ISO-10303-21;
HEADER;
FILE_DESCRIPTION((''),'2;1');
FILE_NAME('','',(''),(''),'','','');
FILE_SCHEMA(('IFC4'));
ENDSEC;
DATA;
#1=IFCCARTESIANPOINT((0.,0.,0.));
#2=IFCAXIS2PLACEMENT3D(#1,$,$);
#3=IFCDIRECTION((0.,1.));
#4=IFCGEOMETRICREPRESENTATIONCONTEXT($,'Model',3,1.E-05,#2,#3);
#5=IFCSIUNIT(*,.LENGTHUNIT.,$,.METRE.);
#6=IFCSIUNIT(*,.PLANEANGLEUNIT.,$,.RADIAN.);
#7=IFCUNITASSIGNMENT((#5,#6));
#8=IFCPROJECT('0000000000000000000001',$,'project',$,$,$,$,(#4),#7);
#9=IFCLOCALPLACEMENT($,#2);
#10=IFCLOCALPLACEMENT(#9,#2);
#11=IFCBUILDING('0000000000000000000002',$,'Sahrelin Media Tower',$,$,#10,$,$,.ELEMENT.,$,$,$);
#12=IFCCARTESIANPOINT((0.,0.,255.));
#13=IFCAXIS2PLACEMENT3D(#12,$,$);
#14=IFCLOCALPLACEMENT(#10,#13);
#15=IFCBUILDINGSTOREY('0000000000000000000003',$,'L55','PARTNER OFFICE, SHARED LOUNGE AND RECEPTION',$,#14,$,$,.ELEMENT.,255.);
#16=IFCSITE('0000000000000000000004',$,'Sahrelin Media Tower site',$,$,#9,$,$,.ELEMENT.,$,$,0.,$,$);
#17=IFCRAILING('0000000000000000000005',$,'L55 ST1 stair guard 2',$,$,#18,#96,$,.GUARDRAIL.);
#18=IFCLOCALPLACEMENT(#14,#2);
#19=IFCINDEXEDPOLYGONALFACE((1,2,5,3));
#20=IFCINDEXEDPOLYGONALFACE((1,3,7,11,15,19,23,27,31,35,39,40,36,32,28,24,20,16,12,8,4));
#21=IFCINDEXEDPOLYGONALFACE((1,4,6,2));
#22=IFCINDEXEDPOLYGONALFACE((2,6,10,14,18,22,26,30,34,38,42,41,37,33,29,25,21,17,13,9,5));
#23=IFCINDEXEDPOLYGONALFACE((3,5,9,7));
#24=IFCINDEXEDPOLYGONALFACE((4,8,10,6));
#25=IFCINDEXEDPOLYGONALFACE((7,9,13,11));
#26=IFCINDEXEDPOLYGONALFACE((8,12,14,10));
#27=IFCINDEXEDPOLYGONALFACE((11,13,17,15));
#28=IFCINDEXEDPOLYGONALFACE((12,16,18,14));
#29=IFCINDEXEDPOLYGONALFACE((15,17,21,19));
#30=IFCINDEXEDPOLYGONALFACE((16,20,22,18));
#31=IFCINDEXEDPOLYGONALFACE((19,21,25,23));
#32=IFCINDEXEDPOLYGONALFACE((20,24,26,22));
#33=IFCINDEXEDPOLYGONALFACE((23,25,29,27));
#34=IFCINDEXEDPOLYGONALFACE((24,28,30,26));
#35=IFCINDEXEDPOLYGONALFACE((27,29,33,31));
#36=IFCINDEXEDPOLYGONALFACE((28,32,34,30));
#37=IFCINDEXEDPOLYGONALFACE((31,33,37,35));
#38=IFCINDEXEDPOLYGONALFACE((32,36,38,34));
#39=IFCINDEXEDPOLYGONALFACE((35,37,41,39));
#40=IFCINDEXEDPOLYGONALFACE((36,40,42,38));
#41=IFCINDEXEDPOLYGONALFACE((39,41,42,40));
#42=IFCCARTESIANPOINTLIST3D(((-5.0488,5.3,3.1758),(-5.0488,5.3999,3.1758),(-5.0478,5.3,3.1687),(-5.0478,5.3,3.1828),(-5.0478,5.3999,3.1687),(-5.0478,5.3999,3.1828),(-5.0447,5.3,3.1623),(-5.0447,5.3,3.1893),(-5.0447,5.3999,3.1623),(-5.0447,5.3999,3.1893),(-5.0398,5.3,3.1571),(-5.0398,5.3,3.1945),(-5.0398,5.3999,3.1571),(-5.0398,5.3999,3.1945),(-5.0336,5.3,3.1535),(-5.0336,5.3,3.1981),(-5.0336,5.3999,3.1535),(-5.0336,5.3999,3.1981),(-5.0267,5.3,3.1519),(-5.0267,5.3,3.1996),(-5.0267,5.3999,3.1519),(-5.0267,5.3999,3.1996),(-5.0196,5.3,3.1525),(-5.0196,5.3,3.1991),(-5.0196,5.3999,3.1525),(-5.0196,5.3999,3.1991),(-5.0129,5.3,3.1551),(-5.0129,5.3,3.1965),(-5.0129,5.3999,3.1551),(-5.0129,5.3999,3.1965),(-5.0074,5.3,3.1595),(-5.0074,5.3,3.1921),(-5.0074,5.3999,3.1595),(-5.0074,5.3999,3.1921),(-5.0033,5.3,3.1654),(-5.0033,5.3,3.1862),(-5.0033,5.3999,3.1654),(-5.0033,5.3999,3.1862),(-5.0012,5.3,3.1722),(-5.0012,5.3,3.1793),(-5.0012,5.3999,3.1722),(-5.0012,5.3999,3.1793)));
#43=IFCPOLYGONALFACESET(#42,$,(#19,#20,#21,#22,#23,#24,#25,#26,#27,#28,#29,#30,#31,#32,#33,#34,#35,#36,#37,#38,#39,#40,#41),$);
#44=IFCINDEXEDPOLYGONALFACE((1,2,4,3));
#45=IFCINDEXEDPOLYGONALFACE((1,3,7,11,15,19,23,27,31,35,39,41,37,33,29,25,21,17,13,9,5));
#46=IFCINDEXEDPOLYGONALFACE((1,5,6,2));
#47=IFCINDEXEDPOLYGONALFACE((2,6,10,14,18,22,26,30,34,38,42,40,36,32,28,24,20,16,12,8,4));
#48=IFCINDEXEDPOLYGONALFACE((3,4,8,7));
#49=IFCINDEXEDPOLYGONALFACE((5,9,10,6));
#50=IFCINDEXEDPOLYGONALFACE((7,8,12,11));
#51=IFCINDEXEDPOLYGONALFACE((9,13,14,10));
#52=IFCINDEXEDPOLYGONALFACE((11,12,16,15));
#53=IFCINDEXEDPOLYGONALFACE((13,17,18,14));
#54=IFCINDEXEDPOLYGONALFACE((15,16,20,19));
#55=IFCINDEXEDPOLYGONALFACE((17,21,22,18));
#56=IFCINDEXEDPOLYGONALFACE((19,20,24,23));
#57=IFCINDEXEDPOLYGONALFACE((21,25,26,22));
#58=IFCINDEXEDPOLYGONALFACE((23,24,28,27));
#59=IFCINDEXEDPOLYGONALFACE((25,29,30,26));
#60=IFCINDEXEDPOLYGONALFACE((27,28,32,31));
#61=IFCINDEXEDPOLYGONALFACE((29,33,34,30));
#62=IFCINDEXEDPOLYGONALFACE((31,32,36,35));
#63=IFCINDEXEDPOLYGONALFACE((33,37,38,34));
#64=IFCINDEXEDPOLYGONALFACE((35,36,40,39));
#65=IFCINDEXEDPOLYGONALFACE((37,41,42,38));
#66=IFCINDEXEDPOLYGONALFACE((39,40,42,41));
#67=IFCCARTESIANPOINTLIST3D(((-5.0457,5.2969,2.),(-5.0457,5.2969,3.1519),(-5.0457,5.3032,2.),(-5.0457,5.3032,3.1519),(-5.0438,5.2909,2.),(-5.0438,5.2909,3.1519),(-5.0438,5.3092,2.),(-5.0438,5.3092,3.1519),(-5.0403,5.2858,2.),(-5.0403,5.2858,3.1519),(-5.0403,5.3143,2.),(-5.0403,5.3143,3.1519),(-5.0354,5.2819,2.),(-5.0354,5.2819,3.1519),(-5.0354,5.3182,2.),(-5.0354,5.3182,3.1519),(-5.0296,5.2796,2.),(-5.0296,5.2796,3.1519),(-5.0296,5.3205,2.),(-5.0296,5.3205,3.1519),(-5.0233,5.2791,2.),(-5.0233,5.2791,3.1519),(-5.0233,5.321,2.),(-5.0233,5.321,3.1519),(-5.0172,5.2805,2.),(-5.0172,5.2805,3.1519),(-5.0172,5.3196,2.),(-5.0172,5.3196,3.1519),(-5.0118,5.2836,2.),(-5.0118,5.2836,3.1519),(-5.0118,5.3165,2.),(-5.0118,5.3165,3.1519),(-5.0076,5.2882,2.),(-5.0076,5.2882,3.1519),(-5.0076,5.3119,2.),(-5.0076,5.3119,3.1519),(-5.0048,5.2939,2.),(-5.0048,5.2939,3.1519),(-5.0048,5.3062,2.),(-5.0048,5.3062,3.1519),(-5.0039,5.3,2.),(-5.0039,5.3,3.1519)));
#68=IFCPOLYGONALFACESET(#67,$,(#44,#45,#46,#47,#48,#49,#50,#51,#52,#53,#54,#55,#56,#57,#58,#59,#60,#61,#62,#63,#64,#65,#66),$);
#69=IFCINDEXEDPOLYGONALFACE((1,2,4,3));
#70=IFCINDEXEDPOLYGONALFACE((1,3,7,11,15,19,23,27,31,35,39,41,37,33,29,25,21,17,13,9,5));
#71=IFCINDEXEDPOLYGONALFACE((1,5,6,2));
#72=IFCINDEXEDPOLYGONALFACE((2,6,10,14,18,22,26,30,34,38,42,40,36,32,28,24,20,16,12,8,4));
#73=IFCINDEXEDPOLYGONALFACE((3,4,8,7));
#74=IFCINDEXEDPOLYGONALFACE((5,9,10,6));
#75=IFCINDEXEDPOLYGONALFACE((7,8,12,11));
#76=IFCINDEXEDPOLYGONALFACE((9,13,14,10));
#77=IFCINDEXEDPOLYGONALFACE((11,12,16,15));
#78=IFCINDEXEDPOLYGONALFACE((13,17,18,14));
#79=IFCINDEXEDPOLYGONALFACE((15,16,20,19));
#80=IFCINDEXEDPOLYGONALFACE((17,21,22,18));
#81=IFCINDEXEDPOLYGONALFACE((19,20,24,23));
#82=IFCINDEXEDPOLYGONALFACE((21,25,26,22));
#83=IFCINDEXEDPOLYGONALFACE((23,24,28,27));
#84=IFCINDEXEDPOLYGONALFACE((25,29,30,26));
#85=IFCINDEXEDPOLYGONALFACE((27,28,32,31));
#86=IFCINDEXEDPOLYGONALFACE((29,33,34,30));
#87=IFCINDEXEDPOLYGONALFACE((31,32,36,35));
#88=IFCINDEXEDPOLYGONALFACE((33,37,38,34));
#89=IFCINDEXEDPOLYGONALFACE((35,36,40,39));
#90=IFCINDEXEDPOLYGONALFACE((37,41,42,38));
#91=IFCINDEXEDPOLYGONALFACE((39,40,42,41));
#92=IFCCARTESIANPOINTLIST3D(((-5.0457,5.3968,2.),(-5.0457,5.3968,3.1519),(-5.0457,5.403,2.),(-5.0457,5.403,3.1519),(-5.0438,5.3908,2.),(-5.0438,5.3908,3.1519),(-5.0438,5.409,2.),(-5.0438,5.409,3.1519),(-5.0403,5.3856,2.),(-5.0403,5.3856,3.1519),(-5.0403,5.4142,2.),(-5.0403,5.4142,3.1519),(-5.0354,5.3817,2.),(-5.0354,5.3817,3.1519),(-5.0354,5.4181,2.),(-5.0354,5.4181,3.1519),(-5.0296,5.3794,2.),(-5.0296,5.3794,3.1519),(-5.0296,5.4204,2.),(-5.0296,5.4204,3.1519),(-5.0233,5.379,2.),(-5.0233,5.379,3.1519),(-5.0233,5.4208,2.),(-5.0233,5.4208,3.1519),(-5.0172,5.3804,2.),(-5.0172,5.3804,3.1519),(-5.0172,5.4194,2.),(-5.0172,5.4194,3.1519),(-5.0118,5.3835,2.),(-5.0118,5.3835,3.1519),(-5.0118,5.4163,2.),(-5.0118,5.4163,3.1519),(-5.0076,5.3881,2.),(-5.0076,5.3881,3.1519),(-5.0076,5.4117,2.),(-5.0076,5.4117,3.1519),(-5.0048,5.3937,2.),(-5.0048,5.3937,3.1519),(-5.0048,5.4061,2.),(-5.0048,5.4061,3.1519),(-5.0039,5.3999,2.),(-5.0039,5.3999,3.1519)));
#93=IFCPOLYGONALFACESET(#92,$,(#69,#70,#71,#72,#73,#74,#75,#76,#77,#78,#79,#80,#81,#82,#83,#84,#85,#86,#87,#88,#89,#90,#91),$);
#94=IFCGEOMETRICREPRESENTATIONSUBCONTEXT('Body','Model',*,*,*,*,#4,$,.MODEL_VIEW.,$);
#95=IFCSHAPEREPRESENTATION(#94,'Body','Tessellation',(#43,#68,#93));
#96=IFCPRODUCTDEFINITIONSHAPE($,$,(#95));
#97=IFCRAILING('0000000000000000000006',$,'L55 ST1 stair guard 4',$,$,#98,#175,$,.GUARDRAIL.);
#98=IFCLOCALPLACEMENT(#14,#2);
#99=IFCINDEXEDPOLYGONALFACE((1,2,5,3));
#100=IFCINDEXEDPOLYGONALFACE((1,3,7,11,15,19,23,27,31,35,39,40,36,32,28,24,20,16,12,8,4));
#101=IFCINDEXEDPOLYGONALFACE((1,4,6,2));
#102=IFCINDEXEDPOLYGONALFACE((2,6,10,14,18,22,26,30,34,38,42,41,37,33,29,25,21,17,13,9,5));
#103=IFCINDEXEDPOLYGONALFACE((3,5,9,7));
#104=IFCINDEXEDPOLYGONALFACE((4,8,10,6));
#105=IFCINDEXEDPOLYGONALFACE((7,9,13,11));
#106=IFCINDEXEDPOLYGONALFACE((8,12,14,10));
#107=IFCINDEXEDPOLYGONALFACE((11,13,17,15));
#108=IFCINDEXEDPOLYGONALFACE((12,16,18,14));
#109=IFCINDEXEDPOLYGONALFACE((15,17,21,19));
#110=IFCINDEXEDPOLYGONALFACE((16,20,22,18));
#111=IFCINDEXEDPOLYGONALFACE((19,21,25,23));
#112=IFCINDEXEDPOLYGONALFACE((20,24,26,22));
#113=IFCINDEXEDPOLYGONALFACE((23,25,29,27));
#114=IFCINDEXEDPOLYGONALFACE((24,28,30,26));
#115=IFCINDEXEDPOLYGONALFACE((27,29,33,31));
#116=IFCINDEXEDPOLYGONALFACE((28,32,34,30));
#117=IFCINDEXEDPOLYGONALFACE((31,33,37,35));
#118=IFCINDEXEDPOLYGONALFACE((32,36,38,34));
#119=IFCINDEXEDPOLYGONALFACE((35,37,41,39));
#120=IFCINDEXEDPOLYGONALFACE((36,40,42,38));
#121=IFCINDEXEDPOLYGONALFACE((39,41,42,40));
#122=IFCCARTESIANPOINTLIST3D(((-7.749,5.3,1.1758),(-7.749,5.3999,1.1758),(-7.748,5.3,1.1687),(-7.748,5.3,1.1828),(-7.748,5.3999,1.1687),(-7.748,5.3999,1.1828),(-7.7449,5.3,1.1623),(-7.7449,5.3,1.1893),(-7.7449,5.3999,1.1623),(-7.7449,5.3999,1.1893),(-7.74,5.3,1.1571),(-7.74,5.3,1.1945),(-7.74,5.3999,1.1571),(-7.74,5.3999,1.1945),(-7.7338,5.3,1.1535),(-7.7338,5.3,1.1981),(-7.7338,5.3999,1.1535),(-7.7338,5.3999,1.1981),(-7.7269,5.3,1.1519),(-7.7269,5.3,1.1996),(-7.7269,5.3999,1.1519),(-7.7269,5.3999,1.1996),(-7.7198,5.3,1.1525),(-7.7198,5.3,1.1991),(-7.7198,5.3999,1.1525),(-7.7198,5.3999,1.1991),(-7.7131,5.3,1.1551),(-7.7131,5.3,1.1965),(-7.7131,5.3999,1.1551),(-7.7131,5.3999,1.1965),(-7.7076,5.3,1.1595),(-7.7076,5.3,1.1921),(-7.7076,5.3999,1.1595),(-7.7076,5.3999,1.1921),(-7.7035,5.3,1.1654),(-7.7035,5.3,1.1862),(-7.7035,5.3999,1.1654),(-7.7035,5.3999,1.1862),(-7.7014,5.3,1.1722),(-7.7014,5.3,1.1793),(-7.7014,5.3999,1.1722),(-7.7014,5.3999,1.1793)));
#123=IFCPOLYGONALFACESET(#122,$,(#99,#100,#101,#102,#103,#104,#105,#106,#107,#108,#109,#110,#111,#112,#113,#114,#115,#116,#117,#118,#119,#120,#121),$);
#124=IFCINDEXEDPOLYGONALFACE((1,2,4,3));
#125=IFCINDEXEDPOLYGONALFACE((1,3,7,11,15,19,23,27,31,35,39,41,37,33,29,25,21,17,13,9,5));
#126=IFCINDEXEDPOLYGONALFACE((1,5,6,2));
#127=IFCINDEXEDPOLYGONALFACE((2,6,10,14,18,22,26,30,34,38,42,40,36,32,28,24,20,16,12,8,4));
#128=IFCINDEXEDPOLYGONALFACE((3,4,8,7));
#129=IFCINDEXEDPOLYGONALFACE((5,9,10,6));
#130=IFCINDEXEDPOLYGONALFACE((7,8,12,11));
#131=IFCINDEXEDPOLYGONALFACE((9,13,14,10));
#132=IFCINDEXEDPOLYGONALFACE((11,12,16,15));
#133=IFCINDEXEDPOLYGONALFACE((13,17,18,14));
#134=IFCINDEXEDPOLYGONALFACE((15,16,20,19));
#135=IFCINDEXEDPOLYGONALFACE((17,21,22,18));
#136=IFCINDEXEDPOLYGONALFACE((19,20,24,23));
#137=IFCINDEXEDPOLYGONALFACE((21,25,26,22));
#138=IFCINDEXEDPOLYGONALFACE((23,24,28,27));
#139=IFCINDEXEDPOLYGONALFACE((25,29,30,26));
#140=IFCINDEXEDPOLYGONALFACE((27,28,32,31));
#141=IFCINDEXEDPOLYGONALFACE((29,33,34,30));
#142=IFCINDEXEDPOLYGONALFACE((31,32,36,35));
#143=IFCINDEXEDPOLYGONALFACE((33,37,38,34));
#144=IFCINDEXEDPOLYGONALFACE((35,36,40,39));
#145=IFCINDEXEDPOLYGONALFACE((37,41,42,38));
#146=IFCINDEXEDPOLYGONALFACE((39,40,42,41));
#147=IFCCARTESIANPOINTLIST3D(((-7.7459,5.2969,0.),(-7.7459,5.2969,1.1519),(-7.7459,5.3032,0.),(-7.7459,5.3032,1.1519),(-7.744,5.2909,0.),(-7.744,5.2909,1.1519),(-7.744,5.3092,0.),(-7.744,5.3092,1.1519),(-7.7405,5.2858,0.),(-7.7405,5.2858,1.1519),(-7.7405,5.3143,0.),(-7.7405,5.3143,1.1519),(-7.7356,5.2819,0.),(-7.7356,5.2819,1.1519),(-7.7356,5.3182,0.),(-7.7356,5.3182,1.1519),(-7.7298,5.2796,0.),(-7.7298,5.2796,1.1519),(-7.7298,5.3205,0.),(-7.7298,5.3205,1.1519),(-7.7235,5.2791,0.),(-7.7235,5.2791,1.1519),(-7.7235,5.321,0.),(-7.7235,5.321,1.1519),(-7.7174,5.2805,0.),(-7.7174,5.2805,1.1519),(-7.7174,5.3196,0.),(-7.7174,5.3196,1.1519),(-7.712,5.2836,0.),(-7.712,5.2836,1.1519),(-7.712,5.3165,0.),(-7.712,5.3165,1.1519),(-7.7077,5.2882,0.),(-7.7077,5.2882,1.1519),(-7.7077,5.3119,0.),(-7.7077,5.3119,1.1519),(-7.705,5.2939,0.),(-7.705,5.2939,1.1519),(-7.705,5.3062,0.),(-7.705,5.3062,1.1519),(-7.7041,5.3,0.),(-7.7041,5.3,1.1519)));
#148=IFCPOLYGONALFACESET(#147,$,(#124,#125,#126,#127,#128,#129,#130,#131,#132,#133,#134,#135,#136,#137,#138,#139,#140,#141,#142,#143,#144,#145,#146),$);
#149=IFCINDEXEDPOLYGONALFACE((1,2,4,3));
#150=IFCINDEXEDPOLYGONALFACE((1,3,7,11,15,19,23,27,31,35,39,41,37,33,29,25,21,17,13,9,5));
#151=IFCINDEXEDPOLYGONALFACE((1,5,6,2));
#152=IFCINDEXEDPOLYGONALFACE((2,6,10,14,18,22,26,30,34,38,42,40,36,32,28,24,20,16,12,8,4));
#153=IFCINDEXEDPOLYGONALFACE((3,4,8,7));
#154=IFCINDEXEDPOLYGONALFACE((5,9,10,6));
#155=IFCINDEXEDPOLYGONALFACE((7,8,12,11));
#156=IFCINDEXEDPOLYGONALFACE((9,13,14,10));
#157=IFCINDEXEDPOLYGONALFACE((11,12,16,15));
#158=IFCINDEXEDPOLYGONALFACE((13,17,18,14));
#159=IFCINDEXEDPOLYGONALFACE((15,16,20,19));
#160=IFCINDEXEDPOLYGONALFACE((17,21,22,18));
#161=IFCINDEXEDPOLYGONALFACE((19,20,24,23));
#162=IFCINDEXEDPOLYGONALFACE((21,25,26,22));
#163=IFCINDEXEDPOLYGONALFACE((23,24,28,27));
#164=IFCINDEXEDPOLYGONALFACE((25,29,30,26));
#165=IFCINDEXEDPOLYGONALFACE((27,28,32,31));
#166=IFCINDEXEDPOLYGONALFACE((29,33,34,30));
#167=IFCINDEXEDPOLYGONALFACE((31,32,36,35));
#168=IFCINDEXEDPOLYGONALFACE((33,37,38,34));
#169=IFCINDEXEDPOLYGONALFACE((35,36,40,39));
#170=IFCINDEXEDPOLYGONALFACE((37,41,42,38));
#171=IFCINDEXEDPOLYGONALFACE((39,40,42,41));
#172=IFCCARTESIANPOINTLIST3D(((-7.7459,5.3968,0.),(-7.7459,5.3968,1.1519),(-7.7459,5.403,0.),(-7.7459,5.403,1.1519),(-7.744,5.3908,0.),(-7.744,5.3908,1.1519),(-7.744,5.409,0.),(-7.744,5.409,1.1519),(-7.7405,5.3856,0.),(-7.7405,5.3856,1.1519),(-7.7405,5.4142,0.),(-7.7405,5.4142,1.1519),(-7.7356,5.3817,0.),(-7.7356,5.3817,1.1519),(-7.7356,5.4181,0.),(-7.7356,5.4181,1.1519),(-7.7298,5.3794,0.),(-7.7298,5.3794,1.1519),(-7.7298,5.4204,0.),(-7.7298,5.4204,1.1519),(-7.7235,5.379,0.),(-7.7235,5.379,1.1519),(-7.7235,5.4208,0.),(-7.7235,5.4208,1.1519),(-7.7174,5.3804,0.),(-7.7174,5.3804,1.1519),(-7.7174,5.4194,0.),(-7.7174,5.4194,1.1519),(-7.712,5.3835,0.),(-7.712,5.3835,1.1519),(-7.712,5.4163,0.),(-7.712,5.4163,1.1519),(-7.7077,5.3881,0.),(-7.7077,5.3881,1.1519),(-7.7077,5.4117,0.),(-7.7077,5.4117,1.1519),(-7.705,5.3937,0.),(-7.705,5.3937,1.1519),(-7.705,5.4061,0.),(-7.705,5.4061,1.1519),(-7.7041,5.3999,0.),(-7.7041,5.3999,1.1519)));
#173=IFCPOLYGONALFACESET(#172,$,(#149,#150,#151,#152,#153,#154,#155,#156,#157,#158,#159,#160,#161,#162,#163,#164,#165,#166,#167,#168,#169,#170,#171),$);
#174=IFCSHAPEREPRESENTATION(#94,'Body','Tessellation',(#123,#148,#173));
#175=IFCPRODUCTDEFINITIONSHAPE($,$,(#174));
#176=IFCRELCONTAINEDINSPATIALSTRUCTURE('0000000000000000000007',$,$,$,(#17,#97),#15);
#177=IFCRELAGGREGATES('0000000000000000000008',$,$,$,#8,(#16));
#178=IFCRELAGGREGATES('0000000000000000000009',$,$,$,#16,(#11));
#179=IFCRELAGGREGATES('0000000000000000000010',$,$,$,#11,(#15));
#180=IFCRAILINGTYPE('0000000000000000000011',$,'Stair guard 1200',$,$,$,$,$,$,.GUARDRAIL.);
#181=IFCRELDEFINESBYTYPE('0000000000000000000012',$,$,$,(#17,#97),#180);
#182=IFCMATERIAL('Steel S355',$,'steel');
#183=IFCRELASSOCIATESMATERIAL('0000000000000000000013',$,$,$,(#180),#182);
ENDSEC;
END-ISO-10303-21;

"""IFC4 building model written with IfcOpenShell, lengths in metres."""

from ifc_helpers import new_model, si_unit, direction, frame, origin, origin_2d, place, context, subcontext, project, spatial, circle, extrude, material, type_object, element, save


model = new_model("IFC4")

# Units and contexts
model_context = context("Model", 3, precision=1e-05, world=origin(), true_north=direction((0.0, 1.0)))
body_context = subcontext(model_context, "Body", "Model", "MODEL_VIEW")
ifc_project = project(units=[si_unit("LENGTHUNIT", "METRE"), si_unit("PLANEANGLEUNIT", "RADIAN")], contexts=[model_context])

# Site, building, storey
site_placement = place(None, origin())
site = spatial("IfcSite", under=ifc_project, at=site_placement, Name="Sahrelin Media Tower site", CompositionType="ELEMENT", RefElevation=0.0)
building_placement = place(site_placement, origin())
building = spatial("IfcBuilding", under=site, at=building_placement, Name="Sahrelin Media Tower", CompositionType="ELEMENT")
storey_placement = place(building_placement, frame((0.0, 0.0, 255.0)))
storey = spatial("IfcBuildingStorey", under=building, at=storey_placement, Name="L55", Description="PARTNER OFFICE, SHARED LOUNGE AND RECEPTION", CompositionType="ELEMENT", Elevation=255.0)

# Shared definitions
ifc_material_1 = material(Name="Steel S355", Category="steel")

# Railings
railing_type_1 = type_object("IfcRailingType", Name="Stair guard 1200", PredefinedType="GUARDRAIL", material=ifc_material_1)
for number, where, name in (
    (1, (-5.0249, 5.3, 2.0), "L55 ST1 stair guard 2"),
    (2, (-7.7251, 5.3, 0.0), "L55 ST1 stair guard 4"),
):
    element("IfcRailing", number, at=place(storey_placement, frame(where)), inside=storey, type_object=railing_type_1, Name=name, PredefinedType="GUARDRAIL", context=body_context, shape_type="SweptSolid", body=[
        extrude(circle(Radius=0.0239, at=origin_2d()), frame((0.0, 0.0, 1.1758), z_axis=(0.0, 1.0, 0.0), x_axis=(-1.0, 0.0, 0.0)), (0.0, 0.0, 1.0), 0.0999),
        extrude(circle(Radius=0.021, at=origin_2d()), origin(), (0.0, 0.0, 1.0), 1.1519),
        extrude(circle(Radius=0.021, at=origin_2d()), frame((0.0, 0.0999, 0.0)), (0.0, 0.0, 1.0), 1.1519),
    ])

save(model, "model.ifc")
